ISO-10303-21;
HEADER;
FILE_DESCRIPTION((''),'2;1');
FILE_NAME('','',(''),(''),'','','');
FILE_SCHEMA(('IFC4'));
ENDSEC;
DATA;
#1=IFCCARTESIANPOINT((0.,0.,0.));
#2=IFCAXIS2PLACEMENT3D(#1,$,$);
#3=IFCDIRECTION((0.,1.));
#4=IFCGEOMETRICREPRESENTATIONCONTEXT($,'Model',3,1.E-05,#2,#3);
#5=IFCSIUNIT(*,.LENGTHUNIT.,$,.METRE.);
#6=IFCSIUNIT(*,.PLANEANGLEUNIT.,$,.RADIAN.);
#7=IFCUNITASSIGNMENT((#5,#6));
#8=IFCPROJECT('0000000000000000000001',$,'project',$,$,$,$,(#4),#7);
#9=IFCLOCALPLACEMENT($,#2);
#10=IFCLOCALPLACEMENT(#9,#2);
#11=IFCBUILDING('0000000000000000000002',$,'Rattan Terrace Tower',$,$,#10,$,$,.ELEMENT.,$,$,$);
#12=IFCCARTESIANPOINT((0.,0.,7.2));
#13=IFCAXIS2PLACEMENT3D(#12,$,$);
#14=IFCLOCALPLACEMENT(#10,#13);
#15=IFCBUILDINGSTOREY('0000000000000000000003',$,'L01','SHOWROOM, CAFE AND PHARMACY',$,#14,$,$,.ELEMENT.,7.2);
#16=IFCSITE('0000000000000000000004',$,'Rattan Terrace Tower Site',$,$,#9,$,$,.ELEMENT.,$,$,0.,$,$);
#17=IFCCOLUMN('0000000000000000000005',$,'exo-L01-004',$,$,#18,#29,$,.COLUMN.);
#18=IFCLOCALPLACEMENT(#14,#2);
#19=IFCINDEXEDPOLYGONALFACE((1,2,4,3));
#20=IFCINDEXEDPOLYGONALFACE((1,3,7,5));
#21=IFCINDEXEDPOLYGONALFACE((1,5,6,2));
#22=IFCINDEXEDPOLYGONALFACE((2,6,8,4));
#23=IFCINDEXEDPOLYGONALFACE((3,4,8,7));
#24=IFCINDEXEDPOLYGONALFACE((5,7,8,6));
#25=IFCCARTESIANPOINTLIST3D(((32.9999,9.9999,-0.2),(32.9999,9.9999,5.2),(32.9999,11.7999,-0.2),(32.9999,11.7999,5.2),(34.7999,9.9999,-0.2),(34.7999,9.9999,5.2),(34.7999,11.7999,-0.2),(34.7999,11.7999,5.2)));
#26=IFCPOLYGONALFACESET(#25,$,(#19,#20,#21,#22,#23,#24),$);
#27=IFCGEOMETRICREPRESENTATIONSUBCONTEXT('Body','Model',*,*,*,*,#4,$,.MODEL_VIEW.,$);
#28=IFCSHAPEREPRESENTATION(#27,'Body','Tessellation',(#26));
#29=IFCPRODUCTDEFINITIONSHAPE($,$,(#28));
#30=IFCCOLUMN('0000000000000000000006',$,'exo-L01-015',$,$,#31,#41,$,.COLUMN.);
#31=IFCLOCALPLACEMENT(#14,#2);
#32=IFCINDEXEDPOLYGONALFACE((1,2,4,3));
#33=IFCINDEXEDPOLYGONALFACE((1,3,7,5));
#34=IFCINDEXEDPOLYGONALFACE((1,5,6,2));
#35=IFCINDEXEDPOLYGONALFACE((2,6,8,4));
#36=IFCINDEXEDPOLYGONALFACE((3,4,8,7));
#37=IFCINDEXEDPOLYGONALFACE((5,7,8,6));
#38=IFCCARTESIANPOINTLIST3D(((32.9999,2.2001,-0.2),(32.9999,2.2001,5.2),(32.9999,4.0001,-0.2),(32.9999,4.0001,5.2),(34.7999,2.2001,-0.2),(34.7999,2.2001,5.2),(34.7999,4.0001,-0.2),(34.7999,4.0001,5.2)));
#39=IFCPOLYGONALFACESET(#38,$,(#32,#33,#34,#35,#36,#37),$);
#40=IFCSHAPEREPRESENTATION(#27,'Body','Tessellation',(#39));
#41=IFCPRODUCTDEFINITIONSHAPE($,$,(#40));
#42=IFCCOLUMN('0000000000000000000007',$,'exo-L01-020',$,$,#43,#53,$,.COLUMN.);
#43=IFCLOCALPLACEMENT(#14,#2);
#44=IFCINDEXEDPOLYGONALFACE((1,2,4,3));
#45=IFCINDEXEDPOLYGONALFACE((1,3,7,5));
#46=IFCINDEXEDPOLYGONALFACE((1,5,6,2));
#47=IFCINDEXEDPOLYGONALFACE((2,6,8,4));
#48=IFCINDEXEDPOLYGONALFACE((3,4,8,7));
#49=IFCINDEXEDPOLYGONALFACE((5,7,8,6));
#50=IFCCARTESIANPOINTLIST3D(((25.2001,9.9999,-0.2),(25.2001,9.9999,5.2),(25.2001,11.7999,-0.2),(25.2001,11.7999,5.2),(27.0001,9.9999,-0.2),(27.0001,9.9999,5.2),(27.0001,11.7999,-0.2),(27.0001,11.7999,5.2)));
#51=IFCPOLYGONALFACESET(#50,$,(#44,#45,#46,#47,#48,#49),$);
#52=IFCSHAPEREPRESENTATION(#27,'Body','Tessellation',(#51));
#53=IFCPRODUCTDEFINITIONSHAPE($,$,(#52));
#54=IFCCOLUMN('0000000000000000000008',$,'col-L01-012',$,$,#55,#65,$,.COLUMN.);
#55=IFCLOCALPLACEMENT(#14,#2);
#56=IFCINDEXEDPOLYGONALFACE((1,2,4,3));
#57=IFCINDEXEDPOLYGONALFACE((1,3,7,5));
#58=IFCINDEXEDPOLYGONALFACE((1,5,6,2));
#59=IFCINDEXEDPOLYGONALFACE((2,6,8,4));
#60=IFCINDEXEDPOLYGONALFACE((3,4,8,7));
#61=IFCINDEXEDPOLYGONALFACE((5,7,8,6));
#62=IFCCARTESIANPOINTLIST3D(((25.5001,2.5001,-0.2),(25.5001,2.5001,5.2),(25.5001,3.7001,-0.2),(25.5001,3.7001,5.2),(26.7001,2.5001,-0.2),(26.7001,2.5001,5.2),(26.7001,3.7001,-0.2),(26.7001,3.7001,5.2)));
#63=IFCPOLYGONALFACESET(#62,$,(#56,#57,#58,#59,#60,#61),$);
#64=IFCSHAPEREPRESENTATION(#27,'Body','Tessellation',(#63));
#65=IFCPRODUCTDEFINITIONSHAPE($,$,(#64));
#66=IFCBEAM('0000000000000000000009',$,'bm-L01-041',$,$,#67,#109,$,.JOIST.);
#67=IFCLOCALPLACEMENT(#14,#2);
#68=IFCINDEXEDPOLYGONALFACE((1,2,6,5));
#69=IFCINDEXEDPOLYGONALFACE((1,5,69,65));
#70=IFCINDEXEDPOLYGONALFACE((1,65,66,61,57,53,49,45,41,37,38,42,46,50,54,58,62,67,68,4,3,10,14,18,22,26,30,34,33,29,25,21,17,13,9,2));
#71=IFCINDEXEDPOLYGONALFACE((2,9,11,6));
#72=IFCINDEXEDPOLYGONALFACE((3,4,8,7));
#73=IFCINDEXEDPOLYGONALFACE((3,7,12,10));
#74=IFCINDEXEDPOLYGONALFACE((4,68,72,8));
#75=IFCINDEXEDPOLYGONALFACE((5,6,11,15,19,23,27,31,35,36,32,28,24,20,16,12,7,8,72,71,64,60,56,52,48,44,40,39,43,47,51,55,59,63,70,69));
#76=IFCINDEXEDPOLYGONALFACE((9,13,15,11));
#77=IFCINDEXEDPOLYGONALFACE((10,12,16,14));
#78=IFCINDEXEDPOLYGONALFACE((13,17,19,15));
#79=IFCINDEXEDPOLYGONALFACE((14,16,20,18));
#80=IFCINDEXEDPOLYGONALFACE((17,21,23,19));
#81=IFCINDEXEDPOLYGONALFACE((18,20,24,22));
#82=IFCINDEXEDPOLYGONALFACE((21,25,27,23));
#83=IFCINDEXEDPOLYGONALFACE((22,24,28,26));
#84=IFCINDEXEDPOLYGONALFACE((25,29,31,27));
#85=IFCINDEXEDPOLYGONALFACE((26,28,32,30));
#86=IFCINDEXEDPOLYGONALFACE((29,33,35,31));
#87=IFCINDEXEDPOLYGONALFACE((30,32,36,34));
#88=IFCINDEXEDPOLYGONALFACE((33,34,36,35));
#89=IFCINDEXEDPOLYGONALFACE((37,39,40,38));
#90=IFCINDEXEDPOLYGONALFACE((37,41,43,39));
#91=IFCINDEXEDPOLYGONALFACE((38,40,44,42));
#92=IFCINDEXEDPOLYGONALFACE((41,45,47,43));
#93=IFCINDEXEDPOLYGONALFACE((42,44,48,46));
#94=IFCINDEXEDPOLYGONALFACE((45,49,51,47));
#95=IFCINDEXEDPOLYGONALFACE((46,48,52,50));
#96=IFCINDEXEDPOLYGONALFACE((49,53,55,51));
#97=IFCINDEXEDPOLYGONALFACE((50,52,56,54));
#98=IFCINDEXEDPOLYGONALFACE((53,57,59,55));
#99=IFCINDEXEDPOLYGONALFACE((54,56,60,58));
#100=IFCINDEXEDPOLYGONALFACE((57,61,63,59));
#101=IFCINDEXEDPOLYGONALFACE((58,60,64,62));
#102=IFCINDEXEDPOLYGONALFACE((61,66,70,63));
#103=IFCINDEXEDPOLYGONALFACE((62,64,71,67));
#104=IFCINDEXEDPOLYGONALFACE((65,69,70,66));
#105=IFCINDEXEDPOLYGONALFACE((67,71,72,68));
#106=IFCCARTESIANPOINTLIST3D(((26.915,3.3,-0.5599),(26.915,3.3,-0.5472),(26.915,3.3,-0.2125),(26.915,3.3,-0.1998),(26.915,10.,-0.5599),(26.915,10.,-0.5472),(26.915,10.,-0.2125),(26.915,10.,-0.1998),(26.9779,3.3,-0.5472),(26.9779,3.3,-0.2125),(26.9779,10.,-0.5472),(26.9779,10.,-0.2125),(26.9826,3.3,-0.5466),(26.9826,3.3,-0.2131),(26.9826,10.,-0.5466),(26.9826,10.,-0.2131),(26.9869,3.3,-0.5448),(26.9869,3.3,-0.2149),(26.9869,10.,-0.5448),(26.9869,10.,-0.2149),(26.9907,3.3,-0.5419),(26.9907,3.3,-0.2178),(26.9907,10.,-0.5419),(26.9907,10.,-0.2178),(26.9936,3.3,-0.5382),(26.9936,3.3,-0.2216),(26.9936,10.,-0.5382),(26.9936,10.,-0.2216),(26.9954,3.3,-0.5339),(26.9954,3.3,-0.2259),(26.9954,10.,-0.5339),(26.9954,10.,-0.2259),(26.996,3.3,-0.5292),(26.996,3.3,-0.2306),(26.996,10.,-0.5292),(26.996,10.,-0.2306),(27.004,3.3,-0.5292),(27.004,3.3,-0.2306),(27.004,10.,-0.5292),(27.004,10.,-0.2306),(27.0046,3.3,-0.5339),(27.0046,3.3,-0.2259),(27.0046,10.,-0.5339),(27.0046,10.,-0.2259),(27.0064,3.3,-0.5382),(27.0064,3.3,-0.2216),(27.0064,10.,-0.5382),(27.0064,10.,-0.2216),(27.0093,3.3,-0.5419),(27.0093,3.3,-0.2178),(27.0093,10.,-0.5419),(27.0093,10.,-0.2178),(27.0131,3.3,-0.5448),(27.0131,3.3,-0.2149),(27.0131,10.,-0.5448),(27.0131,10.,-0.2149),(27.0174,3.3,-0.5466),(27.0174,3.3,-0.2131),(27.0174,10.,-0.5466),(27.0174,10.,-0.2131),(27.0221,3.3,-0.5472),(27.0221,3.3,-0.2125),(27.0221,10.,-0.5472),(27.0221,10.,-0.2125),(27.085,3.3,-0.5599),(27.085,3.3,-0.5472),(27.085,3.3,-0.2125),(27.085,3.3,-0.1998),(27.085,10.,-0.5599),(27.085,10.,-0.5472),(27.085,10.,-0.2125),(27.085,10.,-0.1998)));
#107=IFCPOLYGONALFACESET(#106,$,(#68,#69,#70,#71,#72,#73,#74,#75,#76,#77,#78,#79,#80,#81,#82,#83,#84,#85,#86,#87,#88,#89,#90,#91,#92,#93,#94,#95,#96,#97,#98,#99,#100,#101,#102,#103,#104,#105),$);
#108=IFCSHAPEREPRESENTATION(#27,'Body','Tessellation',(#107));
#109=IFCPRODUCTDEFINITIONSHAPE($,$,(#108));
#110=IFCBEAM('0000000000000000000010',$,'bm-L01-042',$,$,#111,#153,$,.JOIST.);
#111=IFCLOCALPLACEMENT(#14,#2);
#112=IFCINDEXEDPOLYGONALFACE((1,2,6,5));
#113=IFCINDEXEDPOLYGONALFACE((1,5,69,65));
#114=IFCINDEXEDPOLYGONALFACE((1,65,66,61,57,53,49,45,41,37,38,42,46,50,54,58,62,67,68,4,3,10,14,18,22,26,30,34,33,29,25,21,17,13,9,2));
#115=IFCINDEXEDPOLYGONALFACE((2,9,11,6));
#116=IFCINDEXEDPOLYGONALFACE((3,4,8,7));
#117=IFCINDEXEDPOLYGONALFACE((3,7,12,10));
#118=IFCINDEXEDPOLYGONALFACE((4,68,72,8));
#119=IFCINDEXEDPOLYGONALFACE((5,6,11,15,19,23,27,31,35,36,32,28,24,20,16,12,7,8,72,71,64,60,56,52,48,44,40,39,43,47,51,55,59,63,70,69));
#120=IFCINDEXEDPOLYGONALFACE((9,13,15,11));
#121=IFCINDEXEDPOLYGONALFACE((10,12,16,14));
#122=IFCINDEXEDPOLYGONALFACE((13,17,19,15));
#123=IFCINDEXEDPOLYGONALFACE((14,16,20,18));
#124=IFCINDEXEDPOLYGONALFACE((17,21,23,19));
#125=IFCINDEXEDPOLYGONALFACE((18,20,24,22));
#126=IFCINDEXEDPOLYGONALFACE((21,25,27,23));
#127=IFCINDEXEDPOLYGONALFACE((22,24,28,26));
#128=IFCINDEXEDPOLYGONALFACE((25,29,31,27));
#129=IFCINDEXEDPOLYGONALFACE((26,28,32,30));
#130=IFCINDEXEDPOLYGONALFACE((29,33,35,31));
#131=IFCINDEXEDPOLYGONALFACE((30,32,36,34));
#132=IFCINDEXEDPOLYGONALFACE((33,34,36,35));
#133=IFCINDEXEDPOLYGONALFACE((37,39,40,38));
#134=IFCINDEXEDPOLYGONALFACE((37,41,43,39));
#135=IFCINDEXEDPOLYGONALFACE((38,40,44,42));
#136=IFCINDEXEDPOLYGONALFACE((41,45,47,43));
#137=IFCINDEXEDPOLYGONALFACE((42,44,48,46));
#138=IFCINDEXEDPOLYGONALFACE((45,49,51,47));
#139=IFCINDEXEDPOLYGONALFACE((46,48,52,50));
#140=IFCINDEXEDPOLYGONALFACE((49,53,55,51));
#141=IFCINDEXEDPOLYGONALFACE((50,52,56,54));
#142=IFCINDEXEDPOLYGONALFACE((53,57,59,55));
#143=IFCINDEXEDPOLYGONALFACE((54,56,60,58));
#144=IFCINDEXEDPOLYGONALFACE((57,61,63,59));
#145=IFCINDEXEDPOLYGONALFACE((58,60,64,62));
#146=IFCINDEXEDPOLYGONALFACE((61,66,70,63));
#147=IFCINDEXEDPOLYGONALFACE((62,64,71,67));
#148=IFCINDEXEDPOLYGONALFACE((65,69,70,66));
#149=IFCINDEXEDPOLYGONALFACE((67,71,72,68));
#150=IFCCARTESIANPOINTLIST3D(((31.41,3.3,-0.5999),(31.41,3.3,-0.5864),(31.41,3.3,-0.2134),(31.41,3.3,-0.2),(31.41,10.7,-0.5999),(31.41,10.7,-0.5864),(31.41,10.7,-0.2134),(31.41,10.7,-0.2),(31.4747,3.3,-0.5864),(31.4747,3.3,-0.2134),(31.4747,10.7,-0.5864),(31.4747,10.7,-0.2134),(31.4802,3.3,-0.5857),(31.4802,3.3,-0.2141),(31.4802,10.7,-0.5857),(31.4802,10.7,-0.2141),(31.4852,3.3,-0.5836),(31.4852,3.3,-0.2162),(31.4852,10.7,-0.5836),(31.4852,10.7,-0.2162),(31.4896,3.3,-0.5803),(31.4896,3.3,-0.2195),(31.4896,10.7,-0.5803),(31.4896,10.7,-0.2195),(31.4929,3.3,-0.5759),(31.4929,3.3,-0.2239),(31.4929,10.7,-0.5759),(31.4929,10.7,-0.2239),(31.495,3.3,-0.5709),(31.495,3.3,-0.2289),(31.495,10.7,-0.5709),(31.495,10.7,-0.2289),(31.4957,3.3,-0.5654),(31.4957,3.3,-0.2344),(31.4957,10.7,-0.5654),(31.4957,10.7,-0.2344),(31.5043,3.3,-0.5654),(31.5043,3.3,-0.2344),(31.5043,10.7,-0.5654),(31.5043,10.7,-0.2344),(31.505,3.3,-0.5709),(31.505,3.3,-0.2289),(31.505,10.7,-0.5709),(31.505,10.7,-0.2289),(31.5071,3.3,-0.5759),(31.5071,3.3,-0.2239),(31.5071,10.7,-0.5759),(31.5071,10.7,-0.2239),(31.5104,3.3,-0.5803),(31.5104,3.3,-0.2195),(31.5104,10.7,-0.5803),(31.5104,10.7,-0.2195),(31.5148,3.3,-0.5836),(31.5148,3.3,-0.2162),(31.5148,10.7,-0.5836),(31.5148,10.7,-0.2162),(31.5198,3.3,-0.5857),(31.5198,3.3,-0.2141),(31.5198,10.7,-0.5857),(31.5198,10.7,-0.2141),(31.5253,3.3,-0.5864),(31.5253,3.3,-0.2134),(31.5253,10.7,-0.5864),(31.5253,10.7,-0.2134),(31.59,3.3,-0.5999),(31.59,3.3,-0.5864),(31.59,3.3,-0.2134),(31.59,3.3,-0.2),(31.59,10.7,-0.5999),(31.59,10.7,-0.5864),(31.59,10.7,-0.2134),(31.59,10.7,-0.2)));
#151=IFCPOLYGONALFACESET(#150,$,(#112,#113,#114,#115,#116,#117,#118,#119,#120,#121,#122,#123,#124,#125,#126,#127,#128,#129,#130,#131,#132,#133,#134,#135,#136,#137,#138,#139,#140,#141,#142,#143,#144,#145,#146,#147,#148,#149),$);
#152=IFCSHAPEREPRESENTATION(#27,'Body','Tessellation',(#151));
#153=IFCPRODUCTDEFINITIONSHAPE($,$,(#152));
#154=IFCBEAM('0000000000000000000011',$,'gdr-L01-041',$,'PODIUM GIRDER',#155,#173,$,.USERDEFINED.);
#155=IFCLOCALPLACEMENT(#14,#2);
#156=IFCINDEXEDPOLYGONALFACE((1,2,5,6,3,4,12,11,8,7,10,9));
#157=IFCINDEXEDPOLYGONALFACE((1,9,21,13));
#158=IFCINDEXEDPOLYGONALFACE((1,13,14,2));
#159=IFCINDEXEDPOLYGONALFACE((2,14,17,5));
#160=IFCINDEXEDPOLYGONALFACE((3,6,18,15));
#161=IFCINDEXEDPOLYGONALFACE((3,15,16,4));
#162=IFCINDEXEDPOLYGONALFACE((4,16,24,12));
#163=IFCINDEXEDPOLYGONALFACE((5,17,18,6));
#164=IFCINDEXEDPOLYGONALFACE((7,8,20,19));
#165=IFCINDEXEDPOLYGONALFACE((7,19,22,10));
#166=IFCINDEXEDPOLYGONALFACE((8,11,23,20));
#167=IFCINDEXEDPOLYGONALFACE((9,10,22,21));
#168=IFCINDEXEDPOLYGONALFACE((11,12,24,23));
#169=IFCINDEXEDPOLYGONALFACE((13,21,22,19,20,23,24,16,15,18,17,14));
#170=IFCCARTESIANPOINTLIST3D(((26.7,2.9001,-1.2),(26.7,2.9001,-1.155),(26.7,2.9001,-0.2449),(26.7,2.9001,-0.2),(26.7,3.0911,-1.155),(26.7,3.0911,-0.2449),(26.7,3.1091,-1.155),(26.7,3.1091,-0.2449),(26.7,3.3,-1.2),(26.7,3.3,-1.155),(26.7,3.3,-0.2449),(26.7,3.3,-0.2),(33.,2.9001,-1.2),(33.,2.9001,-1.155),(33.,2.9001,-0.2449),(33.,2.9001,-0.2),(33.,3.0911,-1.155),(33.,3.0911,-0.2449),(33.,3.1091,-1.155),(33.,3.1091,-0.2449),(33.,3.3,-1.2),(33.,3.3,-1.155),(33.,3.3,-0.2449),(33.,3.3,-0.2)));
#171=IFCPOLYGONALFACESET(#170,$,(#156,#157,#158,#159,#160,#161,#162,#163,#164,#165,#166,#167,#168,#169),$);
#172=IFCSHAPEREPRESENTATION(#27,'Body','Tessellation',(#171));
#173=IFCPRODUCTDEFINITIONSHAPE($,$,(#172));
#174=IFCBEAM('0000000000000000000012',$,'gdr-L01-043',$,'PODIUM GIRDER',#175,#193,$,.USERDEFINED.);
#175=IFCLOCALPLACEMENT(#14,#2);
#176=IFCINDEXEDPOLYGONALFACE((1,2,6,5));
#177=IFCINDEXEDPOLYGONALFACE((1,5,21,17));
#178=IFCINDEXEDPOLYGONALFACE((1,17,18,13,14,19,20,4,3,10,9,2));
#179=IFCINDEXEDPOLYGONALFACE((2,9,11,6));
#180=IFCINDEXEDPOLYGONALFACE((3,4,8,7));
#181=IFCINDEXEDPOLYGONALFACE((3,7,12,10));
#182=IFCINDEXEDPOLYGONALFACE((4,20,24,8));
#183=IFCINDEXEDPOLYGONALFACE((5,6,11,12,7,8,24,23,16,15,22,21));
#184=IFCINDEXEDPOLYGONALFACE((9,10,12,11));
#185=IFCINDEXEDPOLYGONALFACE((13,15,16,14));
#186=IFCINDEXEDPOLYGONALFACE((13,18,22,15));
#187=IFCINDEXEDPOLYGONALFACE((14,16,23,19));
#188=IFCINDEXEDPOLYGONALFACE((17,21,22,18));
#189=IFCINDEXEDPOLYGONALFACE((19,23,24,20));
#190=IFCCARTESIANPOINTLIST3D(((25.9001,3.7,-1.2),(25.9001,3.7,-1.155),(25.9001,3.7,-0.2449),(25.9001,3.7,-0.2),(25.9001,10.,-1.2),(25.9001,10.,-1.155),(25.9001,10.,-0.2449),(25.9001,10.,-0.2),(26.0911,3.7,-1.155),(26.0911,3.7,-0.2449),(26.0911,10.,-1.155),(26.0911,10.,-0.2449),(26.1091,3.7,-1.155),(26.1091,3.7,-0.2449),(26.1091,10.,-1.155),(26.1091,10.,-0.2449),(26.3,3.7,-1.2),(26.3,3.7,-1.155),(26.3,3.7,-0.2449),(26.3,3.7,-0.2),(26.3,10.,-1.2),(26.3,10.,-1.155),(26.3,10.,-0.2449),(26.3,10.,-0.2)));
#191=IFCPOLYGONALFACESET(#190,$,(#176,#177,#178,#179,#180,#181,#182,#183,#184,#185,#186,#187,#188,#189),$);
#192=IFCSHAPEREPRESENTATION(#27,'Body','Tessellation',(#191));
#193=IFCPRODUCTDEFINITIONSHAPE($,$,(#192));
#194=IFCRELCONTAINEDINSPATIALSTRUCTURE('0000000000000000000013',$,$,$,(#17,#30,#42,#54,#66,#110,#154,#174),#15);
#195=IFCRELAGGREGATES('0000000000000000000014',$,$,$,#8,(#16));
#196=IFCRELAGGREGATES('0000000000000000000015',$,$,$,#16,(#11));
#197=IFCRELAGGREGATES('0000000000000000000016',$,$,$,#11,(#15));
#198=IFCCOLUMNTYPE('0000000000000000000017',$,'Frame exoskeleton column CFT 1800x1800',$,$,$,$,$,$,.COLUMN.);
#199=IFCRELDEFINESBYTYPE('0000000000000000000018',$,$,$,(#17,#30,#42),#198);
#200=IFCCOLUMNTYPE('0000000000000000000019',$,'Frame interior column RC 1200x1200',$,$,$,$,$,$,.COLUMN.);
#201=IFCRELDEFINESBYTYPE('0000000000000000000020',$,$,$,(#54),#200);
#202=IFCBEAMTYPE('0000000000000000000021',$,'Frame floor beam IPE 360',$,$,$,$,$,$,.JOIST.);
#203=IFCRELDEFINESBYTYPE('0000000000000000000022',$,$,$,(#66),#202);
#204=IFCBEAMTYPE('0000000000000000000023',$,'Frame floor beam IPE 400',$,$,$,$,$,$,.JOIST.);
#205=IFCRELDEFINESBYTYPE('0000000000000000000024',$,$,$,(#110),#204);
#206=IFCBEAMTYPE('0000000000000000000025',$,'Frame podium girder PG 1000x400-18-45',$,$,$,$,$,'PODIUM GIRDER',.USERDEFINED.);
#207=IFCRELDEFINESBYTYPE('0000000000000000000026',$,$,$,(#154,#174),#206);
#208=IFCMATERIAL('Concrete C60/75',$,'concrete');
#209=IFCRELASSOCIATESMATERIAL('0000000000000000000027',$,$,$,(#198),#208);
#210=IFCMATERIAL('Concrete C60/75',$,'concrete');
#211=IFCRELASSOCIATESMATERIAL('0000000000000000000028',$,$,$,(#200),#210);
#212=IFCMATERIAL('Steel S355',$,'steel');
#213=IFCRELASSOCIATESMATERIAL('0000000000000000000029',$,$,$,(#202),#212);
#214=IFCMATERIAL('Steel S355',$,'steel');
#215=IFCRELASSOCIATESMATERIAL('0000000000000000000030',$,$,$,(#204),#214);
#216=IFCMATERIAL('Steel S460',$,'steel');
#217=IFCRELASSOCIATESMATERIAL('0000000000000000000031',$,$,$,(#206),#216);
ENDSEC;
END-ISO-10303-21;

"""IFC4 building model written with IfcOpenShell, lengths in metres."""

from ifc_helpers import new_model, si_unit, direction, frame, origin, origin_2d, place, context, subcontext, project, spatial, rectangle, i_section, extrude, material, material_profile, profile_set, type_object, element, save


model = new_model("IFC4")

# Units and contexts
model_context = context("Model", 3, precision=1e-05, world=origin(), true_north=direction((0.0, 1.0)))
body_context = subcontext(model_context, "Body", "Model", "MODEL_VIEW")
ifc_project = project(units=[si_unit("LENGTHUNIT", "METRE"), si_unit("PLANEANGLEUNIT", "RADIAN")], contexts=[model_context])

# Site, building, storey
site_placement = place(None, origin())
site = spatial("IfcSite", under=ifc_project, at=site_placement, Name="Rattan Terrace Tower Site", CompositionType="ELEMENT", RefElevation=0.0)
building_placement = place(site_placement, origin())
building = spatial("IfcBuilding", under=site, at=building_placement, Name="Rattan Terrace Tower", CompositionType="ELEMENT")
storey_placement = place(building_placement, frame((0.0, 0.0, 7.2)))
storey = spatial("IfcBuildingStorey", under=building, at=storey_placement, Name="L01", Description="SHOWROOM, CAFE AND PHARMACY", CompositionType="ELEMENT", Elevation=7.2)

# Columns
ifc_material_1 = material(Name="Concrete C60/75", Category="concrete")
ifc_material_profile_1 = material_profile(ifc_material_1, rectangle(XDim=1.8, YDim=1.8, at=origin_2d()), Name="CFT 1800x1800")
ifc_profile_set_1 = profile_set([ifc_material_profile_1], Name="Concrete C60/75")
column_type_1 = type_object("IfcColumnType", Name="Frame exoskeleton column CFT 1800x1800", PredefinedType="COLUMN", material=ifc_profile_set_1)
for number, where, z_axis, x_axis, name in (
    (1, (33.8999, 10.8999, -0.2), (0.0, 0.0, 1.0), (1.0, 0.0, 0.0), "exo-L01-004"),
    (2, (33.8999, 3.1001, -0.2), (0.0, 0.0, 1.0), (0.0, 1.0, 0.0), "exo-L01-015"),
    (3, (26.1001, 10.8999, -0.2), (0.0, 0.0, 1.0), (1.0, 0.0, 0.0), "exo-L01-020"),
):
    element("IfcColumn", number, at=place(storey_placement, frame(where, z_axis=z_axis, x_axis=x_axis)), inside=storey, type_object=column_type_1, Name=name, PredefinedType="COLUMN", context=body_context, shape_type="SweptSolid", body=[
        extrude(rectangle(XDim=1.8, YDim=1.8, at=origin_2d()), origin(), (0.0, 0.0, 1.0), 5.3999),
    ])
ifc_material_2 = material(Name="Concrete C60/75", Category="concrete")
ifc_material_profile_2 = material_profile(ifc_material_2, rectangle(XDim=1.2, YDim=1.2, at=origin_2d()), Name="RC 1200x1200")
ifc_profile_set_2 = profile_set([ifc_material_profile_2], Name="Concrete C60/75")
column_type_2 = type_object("IfcColumnType", Name="Frame interior column RC 1200x1200", PredefinedType="COLUMN", material=ifc_profile_set_2)
column_placement = place(storey_placement, frame((26.1001, 3.1001, -0.2), z_axis=(0.0, 0.0, 1.0), x_axis=(1.0, 0.0, 0.0)))
element("IfcColumn", 4, at=column_placement, inside=storey, type_object=column_type_2, Name="col-L01-012", PredefinedType="COLUMN", context=body_context, shape_type="SweptSolid", body=[
    extrude(rectangle(XDim=1.2, YDim=1.2, at=origin_2d()), origin(), (0.0, 0.0, 1.0), 5.3999),
])

# Beams
ifc_material_3 = material(Name="Steel S355", Category="steel")
ifc_material_profile_3 = material_profile(ifc_material_3, i_section(OverallWidth=0.1699, OverallDepth=0.3601, WebThickness=0.0081, FlangeThickness=0.0127, FilletRadius=0.0181, at=origin_2d()), Name="IPE 360")
ifc_profile_set_3 = profile_set([ifc_material_profile_3], Name="Steel S355")
beam_type_1 = type_object("IfcBeamType", Name="Frame floor beam IPE 360", PredefinedType="JOIST", material=ifc_profile_set_3)
beam_1_placement = place(storey_placement, frame((27.0, 3.3, -0.3799), z_axis=(0.0, 1.0, 0.0), x_axis=(-1.0, 0.0, 0.0)))
element("IfcBeam", 5, at=beam_1_placement, inside=storey, type_object=beam_type_1, Name="bm-L01-041", PredefinedType="JOIST", context=body_context, shape_type="SweptSolid", body=[
    extrude(i_section(OverallWidth=0.1699, OverallDepth=0.3601, WebThickness=0.0081, FlangeThickness=0.0127, FilletRadius=0.0181, at=origin_2d()), origin(), (0.0, 0.0, 1.0), 6.7),
])
ifc_material_4 = material(Name="Steel S355", Category="steel")
ifc_material_profile_4 = material_profile(ifc_material_4, i_section(OverallWidth=0.1799, OverallDepth=0.3999, WebThickness=0.0085, FlangeThickness=0.0134, FilletRadius=0.021, at=origin_2d()), Name="IPE 400")
ifc_profile_set_4 = profile_set([ifc_material_profile_4], Name="Steel S355")
beam_type_2 = type_object("IfcBeamType", Name="Frame floor beam IPE 400", PredefinedType="JOIST", material=ifc_profile_set_4)
beam_2_placement = place(storey_placement, frame((31.5, 3.3, -0.3999), z_axis=(0.0, 1.0, 0.0), x_axis=(-1.0, 0.0, 0.0)))
element("IfcBeam", 6, at=beam_2_placement, inside=storey, type_object=beam_type_2, Name="bm-L01-042", PredefinedType="JOIST", context=body_context, shape_type="SweptSolid", body=[
    extrude(i_section(OverallWidth=0.1799, OverallDepth=0.3999, WebThickness=0.0085, FlangeThickness=0.0134, FilletRadius=0.021, at=origin_2d()), origin(), (0.0, 0.0, 1.0), 7.3999),
])
ifc_material_5 = material(Name="Steel S460", Category="steel")
ifc_material_profile_5 = material_profile(ifc_material_5, i_section(OverallWidth=0.3999, OverallDepth=1.0, WebThickness=0.0181, FlangeThickness=0.0449, at=origin_2d()), Name="PG 1000x400-18-45")
ifc_profile_set_5 = profile_set([ifc_material_profile_5], Name="Steel S460")
beam_type_3 = type_object("IfcBeamType", Name="Frame podium girder PG 1000x400-18-45", ElementType="PODIUM GIRDER", PredefinedType="USERDEFINED", material=ifc_profile_set_5)
for number, where, z_axis, x_axis, name in (
    (7, (26.7, 3.1001, -0.7), (1.0, 0.0, 0.0), (0.0, 1.0, 0.0), "gdr-L01-041"),
    (8, (26.1001, 3.7, -0.7), (0.0, 1.0, 0.0), (-1.0, 0.0, 0.0), "gdr-L01-043"),
):
    element("IfcBeam", number, at=place(storey_placement, frame(where, z_axis=z_axis, x_axis=x_axis)), inside=storey, type_object=beam_type_3, Name=name, ObjectType="PODIUM GIRDER", PredefinedType="USERDEFINED", context=body_context, shape_type="SweptSolid", body=[
        extrude(i_section(OverallWidth=0.3999, OverallDepth=1.0, WebThickness=0.0181, FlangeThickness=0.0449, at=origin_2d()), origin(), (0.0, 0.0, 1.0), 6.3),
    ])

save(model, "model.ifc")
